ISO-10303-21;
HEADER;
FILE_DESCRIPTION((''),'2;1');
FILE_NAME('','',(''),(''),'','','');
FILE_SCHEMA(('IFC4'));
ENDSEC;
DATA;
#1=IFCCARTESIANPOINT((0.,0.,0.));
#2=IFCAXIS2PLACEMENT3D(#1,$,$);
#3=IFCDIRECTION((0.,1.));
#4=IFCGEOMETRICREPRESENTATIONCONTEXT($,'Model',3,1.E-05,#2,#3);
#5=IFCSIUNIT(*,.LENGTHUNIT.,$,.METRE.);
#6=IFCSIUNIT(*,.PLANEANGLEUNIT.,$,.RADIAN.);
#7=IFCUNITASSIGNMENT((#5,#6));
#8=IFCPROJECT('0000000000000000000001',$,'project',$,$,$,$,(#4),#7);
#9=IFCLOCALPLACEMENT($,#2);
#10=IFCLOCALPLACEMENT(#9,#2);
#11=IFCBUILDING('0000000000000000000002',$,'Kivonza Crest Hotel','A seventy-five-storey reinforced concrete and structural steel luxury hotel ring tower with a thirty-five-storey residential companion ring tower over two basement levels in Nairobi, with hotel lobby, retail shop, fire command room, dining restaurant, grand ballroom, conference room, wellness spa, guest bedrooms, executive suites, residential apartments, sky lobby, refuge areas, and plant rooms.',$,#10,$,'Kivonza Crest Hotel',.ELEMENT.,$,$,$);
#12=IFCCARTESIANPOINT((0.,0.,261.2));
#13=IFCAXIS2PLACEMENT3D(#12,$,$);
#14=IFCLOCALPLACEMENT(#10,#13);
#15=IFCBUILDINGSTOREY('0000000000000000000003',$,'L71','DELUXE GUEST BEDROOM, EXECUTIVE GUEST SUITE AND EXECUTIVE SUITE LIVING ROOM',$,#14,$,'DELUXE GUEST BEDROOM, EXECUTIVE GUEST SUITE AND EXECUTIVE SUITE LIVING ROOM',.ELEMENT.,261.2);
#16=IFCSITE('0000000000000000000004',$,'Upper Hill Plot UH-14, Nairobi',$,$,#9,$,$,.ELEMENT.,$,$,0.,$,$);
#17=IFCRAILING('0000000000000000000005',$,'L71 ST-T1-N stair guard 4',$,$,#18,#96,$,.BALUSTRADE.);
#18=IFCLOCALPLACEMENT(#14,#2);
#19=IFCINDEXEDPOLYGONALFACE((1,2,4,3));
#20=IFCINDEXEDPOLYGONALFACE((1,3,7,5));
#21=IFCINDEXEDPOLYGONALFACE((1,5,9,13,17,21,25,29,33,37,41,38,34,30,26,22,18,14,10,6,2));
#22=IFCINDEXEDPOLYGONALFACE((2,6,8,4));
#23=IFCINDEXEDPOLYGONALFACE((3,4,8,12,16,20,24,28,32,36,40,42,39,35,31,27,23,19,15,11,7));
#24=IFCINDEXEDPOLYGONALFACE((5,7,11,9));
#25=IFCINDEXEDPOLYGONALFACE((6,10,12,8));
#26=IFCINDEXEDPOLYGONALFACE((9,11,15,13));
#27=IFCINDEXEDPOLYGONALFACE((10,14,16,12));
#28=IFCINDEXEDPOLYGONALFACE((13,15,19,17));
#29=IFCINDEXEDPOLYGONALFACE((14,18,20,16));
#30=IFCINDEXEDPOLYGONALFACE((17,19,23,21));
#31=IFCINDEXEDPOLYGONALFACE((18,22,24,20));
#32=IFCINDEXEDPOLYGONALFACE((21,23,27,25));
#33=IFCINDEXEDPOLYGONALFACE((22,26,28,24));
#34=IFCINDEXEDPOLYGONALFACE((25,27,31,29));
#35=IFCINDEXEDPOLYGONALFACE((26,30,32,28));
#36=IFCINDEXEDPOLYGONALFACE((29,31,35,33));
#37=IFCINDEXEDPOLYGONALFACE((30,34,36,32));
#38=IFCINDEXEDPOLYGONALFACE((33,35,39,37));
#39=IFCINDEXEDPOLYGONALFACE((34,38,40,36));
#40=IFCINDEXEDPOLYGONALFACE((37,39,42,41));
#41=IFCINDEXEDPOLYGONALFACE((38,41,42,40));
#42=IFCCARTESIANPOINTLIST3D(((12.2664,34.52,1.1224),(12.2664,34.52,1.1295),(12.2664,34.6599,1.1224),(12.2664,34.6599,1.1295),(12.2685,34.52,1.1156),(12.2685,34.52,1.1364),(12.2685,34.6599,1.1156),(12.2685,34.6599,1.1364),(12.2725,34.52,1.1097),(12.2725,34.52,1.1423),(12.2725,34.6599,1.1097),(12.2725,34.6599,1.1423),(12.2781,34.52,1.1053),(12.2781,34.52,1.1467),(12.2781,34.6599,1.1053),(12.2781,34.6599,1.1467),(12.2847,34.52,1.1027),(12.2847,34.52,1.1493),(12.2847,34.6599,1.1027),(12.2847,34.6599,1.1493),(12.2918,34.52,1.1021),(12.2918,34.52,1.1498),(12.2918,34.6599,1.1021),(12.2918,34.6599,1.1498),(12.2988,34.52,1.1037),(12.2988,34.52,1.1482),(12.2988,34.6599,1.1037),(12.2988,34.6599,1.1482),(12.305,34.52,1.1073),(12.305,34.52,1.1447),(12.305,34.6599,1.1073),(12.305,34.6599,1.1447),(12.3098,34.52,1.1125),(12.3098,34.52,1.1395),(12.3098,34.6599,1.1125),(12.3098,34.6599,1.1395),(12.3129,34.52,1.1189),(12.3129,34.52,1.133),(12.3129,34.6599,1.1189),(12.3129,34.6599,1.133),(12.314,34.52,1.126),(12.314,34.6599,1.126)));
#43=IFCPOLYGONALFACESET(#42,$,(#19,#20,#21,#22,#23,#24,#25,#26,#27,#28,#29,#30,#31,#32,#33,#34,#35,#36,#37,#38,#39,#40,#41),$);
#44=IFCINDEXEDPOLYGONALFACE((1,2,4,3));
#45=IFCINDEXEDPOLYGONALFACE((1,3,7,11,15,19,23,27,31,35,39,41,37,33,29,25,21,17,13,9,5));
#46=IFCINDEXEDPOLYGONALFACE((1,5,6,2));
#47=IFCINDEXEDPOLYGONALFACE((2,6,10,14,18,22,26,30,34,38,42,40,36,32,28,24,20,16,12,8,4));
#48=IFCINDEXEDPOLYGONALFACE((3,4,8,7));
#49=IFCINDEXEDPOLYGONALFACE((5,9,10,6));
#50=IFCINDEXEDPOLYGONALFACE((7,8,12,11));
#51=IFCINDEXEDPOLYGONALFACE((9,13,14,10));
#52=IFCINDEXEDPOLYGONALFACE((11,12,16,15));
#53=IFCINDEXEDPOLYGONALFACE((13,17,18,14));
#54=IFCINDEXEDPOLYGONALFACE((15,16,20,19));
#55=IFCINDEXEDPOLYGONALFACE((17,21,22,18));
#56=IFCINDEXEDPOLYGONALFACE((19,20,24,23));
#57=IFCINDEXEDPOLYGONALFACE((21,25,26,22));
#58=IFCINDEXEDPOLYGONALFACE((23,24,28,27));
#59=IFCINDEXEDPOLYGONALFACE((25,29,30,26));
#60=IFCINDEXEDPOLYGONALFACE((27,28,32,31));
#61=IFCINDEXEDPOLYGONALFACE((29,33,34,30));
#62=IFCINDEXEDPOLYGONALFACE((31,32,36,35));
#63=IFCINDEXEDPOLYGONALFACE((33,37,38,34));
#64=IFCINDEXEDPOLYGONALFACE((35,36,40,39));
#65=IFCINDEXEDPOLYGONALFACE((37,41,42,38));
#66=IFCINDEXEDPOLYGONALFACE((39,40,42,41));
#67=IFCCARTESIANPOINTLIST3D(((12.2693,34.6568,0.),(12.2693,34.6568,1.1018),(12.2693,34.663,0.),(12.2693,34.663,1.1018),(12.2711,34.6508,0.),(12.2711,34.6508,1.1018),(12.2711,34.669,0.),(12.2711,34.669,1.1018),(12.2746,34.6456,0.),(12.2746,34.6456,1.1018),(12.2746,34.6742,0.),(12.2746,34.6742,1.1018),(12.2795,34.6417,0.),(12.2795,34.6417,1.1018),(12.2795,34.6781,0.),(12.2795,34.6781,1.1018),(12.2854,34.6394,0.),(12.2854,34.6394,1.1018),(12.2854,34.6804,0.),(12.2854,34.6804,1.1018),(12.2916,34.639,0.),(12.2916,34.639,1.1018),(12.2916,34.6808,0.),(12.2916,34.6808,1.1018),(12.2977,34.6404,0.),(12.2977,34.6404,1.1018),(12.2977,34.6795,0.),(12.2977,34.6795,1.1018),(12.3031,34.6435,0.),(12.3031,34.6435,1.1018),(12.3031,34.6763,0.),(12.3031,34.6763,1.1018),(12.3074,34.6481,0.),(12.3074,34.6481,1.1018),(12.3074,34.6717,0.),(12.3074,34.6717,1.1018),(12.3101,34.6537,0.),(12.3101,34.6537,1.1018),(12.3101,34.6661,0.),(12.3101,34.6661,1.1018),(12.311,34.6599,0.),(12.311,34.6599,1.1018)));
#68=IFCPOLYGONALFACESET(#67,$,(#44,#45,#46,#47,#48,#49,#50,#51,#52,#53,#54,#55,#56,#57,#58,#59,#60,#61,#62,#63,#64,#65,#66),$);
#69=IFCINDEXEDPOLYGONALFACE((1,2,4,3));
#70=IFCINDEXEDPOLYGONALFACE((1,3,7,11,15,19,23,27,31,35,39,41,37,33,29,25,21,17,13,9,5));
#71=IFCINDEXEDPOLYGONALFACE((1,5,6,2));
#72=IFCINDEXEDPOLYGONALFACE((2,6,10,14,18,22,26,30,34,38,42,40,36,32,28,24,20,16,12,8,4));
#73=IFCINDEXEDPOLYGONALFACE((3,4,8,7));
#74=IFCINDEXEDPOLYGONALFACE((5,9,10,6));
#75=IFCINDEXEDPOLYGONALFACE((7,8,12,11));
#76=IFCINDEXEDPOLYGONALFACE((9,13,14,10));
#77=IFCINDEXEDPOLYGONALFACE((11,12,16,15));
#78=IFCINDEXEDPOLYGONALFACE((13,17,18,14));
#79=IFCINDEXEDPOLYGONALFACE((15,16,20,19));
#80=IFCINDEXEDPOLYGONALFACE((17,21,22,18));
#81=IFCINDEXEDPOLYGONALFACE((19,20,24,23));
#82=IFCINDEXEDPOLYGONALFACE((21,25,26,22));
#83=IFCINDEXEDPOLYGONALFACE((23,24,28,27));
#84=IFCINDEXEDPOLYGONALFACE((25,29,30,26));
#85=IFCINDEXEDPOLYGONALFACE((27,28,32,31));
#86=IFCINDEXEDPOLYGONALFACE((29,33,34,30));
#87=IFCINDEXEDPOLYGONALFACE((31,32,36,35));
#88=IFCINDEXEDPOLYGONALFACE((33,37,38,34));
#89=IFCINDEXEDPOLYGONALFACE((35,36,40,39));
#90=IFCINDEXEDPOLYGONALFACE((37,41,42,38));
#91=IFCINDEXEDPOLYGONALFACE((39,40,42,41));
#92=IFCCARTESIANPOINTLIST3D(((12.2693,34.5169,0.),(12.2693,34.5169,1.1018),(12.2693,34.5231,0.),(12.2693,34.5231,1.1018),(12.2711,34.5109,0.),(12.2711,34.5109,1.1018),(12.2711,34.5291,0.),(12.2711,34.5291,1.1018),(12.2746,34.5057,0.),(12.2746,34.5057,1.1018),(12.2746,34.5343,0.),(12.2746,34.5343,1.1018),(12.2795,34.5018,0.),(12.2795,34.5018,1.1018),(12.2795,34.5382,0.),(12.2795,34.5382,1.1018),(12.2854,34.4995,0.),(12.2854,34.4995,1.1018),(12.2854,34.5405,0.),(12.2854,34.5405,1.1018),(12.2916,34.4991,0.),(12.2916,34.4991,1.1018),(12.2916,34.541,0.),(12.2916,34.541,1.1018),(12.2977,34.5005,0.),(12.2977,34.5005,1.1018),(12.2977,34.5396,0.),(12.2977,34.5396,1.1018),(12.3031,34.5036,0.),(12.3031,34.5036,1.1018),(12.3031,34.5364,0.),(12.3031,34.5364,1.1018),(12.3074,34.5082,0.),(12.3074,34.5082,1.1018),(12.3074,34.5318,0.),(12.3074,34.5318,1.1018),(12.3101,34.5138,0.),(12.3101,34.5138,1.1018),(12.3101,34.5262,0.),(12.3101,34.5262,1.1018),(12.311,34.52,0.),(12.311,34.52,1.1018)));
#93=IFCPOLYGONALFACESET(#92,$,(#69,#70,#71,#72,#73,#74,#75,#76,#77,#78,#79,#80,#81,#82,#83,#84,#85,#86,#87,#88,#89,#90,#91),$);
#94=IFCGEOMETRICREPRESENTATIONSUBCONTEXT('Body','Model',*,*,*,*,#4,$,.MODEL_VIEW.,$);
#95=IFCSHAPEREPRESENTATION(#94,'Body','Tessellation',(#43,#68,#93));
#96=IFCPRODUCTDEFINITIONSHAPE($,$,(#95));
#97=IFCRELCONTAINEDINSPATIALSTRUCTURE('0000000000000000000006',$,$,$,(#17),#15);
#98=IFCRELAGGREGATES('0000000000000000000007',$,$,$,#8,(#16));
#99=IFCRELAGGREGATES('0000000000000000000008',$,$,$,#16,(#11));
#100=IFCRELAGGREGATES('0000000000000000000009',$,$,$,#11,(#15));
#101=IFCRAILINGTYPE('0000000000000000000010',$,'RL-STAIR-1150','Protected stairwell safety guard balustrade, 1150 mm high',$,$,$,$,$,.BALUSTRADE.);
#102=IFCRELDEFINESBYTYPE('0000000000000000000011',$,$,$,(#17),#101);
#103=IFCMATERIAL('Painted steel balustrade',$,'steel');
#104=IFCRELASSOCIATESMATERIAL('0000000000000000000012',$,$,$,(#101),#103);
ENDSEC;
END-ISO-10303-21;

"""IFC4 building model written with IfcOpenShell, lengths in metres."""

from ifc_helpers import new_model, si_unit, direction, frame, origin, origin_2d, place, context, subcontext, project, spatial, circle, extrude, material, type_object, element, save


model = new_model("IFC4")

# Units and contexts
model_context = context("Model", 3, precision=1e-05, world=origin(), true_north=direction((0.0, 1.0)))
body_context = subcontext(model_context, "Body", "Model", "MODEL_VIEW")
ifc_project = project(units=[si_unit("LENGTHUNIT", "METRE"), si_unit("PLANEANGLEUNIT", "RADIAN")], contexts=[model_context])

# Site, building, storey
site_placement = place(None, origin())
site = spatial("IfcSite", under=ifc_project, at=site_placement, Name="Upper Hill Plot UH-14, Nairobi", CompositionType="ELEMENT", RefElevation=0.0)
building_placement = place(site_placement, origin())
building = spatial("IfcBuilding", under=site, at=building_placement, Name="Kivonza Crest Hotel", Description="A seventy-five-storey reinforced concrete and structural steel luxury hotel ring tower with a thirty-five-storey residential companion ring tower over two basement levels in Nairobi, with hotel lobby, retail shop, fire command room, dining restaurant, grand ballroom, conference room, wellness spa, guest bedrooms, executive suites, residential apartments, sky lobby, refuge areas, and plant rooms.", LongName="Kivonza Crest Hotel", CompositionType="ELEMENT")
storey_placement = place(building_placement, frame((0.0, 0.0, 261.2)))
storey = spatial("IfcBuildingStorey", under=building, at=storey_placement, Name="L71", Description="DELUXE GUEST BEDROOM, EXECUTIVE GUEST SUITE AND EXECUTIVE SUITE LIVING ROOM", LongName="DELUXE GUEST BEDROOM, EXECUTIVE GUEST SUITE AND EXECUTIVE SUITE LIVING ROOM", CompositionType="ELEMENT", Elevation=261.2)

# Railing
ifc_material_1 = material(Name="Painted steel balustrade", Category="steel")
railing_type_1 = type_object("IfcRailingType", Name="RL-STAIR-1150", Description="Protected stairwell safety guard balustrade, 1150 mm high", PredefinedType="BALUSTRADE", material=ifc_material_1)
railing_1_placement = place(storey_placement, frame((12.29, 34.6599, 0.0)))
element("IfcRailing", 1, at=railing_1_placement, inside=storey, type_object=railing_type_1, Name="L71 ST-T1-N stair guard 4", PredefinedType="BALUSTRADE", context=body_context, shape_type="SweptSolid", body=[
    extrude(circle(Radius=0.0239, at=origin_2d()), frame((0.0, 0.0, 1.126), z_axis=(0.0, -1.0, 0.0), x_axis=(1.0, 0.0, 0.0)), (0.0, 0.0, 1.0), 0.1399),
    extrude(circle(Radius=0.021, at=origin_2d()), origin(), (0.0, 0.0, 1.0), 1.1018),
    extrude(circle(Radius=0.021, at=origin_2d()), frame((0.0, -0.1399, 0.0)), (0.0, 0.0, 1.0), 1.1018),
])

save(model, "model.ifc")
